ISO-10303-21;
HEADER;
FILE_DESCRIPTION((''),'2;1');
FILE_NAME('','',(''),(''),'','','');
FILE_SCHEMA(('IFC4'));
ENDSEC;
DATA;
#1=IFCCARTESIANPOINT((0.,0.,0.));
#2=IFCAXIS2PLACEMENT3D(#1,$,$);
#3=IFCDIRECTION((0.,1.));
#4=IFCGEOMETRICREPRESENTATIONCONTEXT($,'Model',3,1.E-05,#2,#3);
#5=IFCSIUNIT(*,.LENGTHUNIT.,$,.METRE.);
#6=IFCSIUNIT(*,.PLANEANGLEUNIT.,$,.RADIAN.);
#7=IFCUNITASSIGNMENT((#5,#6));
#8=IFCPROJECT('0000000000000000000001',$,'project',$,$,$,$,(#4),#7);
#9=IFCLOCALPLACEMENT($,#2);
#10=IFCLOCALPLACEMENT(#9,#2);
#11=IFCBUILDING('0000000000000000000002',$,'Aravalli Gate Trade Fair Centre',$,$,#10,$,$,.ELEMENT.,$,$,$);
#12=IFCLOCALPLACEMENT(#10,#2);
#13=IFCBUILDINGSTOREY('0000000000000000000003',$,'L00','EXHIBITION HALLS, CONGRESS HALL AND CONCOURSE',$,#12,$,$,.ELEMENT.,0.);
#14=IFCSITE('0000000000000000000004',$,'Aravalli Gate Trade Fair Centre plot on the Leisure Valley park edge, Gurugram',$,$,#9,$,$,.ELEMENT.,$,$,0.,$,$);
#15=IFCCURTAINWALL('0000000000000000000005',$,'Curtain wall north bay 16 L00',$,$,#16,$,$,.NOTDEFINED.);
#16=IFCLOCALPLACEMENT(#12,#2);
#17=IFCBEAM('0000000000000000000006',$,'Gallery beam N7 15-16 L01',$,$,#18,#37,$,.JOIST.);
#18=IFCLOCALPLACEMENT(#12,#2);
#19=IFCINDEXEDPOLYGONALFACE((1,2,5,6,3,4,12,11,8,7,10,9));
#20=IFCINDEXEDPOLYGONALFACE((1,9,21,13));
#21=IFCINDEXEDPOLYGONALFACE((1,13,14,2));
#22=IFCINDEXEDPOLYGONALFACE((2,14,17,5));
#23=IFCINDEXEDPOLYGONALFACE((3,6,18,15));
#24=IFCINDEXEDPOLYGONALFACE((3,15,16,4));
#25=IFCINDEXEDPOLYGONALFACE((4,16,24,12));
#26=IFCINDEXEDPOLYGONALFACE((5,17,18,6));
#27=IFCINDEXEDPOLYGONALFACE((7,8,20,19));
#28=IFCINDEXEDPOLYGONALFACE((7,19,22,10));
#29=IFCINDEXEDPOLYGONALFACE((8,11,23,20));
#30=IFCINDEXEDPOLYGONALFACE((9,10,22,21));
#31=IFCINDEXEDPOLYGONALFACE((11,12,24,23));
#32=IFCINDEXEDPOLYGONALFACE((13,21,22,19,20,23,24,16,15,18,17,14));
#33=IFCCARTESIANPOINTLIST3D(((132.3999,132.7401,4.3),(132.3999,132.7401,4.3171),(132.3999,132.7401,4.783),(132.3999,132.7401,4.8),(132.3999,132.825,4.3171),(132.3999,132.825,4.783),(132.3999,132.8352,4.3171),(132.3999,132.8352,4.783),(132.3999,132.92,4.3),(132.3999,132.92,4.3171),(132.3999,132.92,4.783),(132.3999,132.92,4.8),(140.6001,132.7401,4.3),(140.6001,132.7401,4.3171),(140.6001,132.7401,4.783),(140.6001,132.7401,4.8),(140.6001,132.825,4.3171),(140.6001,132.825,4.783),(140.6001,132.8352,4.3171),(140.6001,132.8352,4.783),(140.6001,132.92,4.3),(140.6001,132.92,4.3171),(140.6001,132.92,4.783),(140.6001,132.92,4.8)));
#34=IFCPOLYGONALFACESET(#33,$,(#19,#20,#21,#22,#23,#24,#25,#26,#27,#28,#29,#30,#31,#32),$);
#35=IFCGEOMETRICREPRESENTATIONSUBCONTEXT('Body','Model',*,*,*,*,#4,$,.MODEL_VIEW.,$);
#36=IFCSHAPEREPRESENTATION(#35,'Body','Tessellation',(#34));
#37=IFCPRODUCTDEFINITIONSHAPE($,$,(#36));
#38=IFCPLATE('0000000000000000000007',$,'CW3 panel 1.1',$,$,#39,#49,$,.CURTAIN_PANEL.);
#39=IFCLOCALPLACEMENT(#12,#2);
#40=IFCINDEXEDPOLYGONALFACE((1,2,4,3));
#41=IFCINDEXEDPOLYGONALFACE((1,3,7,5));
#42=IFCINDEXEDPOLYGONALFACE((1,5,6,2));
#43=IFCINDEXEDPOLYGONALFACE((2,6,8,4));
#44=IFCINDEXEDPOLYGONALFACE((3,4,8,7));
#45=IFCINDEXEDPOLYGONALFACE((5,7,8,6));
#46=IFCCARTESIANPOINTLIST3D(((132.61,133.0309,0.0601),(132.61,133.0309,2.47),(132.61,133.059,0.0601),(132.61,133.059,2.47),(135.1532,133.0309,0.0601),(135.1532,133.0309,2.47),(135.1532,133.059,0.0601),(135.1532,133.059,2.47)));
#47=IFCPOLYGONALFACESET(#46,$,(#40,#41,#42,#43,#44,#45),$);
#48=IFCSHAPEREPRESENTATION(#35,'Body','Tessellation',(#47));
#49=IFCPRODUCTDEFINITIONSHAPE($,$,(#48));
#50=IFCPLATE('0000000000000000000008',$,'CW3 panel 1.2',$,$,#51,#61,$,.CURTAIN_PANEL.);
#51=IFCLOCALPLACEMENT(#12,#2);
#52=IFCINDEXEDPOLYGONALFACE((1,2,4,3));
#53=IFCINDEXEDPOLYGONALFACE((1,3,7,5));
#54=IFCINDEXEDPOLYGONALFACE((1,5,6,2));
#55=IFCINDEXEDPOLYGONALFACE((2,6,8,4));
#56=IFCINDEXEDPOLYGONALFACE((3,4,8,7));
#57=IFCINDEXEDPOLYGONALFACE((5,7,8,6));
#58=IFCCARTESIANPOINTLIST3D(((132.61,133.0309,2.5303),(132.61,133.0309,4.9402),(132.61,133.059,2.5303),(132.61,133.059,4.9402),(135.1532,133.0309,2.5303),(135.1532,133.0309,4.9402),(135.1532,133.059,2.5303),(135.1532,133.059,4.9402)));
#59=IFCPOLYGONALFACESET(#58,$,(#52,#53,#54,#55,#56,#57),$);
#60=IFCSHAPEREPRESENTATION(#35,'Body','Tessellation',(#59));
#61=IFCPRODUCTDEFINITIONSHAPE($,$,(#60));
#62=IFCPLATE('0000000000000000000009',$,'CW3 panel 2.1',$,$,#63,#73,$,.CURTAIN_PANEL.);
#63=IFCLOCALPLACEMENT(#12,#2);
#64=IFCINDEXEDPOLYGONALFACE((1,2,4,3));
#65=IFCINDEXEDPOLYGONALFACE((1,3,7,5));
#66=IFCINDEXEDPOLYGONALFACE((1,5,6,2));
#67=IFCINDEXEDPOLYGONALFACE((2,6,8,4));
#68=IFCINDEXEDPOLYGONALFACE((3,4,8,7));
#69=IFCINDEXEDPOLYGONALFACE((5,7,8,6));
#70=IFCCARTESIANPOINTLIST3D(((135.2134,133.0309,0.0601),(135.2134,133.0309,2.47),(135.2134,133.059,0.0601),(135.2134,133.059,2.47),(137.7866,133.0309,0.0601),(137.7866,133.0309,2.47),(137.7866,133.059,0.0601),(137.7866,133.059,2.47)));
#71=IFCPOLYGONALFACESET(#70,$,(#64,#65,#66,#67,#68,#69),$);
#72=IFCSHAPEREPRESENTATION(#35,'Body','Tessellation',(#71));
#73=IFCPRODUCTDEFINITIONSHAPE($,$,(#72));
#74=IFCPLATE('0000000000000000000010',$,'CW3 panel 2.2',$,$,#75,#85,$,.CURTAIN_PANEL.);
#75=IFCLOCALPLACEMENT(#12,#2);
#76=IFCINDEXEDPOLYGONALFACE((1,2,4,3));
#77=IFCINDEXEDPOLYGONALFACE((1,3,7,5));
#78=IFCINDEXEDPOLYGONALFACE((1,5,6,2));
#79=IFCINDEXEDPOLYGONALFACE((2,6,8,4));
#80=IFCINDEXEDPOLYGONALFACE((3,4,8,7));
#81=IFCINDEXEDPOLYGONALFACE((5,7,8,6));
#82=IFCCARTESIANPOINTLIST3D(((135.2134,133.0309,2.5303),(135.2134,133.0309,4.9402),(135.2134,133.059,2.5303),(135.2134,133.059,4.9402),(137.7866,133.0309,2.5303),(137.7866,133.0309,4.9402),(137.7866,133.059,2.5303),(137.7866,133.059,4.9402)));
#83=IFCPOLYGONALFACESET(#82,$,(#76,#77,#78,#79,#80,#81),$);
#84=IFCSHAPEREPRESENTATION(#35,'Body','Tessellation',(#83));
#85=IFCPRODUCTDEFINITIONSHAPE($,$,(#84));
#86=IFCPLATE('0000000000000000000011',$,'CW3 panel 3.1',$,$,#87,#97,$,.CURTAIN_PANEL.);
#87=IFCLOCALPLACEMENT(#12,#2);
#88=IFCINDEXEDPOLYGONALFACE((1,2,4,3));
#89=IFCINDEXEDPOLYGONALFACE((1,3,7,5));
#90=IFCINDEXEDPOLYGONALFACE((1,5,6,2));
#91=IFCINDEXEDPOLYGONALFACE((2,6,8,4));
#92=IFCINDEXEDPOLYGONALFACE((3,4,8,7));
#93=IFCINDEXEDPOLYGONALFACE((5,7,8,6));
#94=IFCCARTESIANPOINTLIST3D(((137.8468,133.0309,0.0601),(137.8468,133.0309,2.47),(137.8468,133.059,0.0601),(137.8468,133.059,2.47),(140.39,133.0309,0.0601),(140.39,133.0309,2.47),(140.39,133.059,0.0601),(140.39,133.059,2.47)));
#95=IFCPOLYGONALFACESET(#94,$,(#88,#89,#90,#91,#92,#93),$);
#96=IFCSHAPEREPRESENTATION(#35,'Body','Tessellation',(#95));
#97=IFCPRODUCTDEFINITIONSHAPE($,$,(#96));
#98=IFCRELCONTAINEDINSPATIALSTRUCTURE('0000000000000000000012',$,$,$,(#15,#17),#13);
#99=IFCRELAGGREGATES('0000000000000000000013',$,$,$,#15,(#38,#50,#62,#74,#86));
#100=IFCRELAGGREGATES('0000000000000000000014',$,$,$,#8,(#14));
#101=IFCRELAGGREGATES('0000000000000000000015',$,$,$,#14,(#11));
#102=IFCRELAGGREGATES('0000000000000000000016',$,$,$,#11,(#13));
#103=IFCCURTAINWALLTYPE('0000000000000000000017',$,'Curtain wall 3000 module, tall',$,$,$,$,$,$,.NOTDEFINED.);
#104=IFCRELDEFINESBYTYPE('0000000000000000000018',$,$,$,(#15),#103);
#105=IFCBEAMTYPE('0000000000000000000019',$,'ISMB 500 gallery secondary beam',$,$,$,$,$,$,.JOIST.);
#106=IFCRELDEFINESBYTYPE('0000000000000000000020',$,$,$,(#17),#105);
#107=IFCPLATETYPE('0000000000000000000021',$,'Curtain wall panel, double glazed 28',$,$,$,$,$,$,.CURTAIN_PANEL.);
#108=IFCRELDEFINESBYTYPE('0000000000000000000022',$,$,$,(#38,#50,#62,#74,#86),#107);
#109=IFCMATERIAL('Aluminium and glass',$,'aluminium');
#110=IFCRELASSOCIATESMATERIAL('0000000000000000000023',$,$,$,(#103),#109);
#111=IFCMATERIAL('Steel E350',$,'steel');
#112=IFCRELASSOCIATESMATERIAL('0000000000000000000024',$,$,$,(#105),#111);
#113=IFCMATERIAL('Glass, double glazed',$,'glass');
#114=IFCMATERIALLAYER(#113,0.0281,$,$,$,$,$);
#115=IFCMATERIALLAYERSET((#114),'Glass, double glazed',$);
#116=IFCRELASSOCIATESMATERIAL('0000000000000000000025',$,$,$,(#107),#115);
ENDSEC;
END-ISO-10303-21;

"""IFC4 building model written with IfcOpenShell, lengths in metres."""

from ifc_helpers import new_model, si_unit, direction, frame, origin, origin_2d, place, context, subcontext, project, spatial, rectangle, i_section, extrude, material, layer, layer_set, material_profile, profile_set, type_object, element, aggregate, save


model = new_model("IFC4")

# Units and contexts
model_context = context("Model", 3, precision=1e-05, world=origin(), true_north=direction((0.0, 1.0)))
body_context = subcontext(model_context, "Body", "Model", "MODEL_VIEW")
ifc_project = project(units=[si_unit("LENGTHUNIT", "METRE"), si_unit("PLANEANGLEUNIT", "RADIAN")], contexts=[model_context])

# Site, building, storey
site_placement = place(None, origin())
site = spatial("IfcSite", under=ifc_project, at=site_placement, Name="Aravalli Gate Trade Fair Centre plot on the Leisure Valley park edge, Gurugram", CompositionType="ELEMENT", RefElevation=0.0)
building_placement = place(site_placement, origin())
building = spatial("IfcBuilding", under=site, at=building_placement, Name="Aravalli Gate Trade Fair Centre", CompositionType="ELEMENT")
storey_placement = place(building_placement, origin())
storey = spatial("IfcBuildingStorey", under=building, at=storey_placement, Name="L00", Description="EXHIBITION HALLS, CONGRESS HALL AND CONCOURSE", CompositionType="ELEMENT", Elevation=0.0)

# Curtain wall
ifc_material_1 = material(Name="Aluminium and glass", Category="aluminium")
curtain_wall_type = type_object("IfcCurtainWallType", Name="Curtain wall 3000 module, tall", PredefinedType="NOTDEFINED", material=ifc_material_1)
curtain_wall_placement = place(storey_placement, origin())
curtain_wall = element("IfcCurtainWall", 1, at=curtain_wall_placement, inside=storey, type_object=curtain_wall_type, Name="Curtain wall north bay 16 L00", PredefinedType="NOTDEFINED")

# Beam
ifc_material_2 = material(Name="Steel E350", Category="steel")
ifc_material_profile_1 = material_profile(ifc_material_2, i_section(OverallWidth=0.1799, OverallDepth=0.5, WebThickness=0.0103, FlangeThickness=0.0171, at=origin_2d()), Name="ISMB 500")
ifc_profile_set_1 = profile_set([ifc_material_profile_1], Name="Steel E350")
beam_type_1 = type_object("IfcBeamType", Name="ISMB 500 gallery secondary beam", PredefinedType="JOIST", material=ifc_profile_set_1)
beam_1_placement = place(storey_placement, frame((132.3999, 132.8301, 4.55), z_axis=(1.0, 0.0, 0.0), x_axis=(0.0, 1.0, 0.0)))
element("IfcBeam", 2, at=beam_1_placement, inside=storey, type_object=beam_type_1, Name="Gallery beam N7 15-16 L01", PredefinedType="JOIST", context=body_context, shape_type="SweptSolid", body=[
    extrude(i_section(OverallWidth=0.1799, OverallDepth=0.5, WebThickness=0.0103, FlangeThickness=0.0171, at=origin_2d()), origin(), (0.0, 0.0, 1.0), 8.2002),
])

# Plates
ifc_material_3 = material(Name="Glass, double glazed", Category="glass")
ifc_layer = layer(ifc_material_3, 0.0281)
ifc_layer_set = layer_set([ifc_layer], Name="Glass, double glazed")
plate_type = type_object("IfcPlateType", Name="Curtain wall panel, double glazed 28", PredefinedType="CURTAIN_PANEL", material=ifc_layer_set)
plate_1_placement = place(storey_placement, frame((133.8816, 133.0449, 0.0601), z_axis=(0.0, 0.0, 1.0), x_axis=(1.0, 0.0, 0.0)))
plate_1 = element("IfcPlate", 3, at=plate_1_placement, type_object=plate_type, Name="CW3 panel 1.1", PredefinedType="CURTAIN_PANEL", context=body_context, shape_type="SweptSolid", body=[
    extrude(rectangle(XDim=2.5432, YDim=0.0281, at=origin_2d()), origin(), (0.0, 0.0, 1.0), 2.4099),
])
plate_2_placement = place(storey_placement, frame((133.8816, 133.0449, 2.5303), z_axis=(0.0, 0.0, 1.0), x_axis=(1.0, 0.0, 0.0)))
plate_2 = element("IfcPlate", 4, at=plate_2_placement, type_object=plate_type, Name="CW3 panel 1.2", PredefinedType="CURTAIN_PANEL", context=body_context, shape_type="SweptSolid", body=[
    extrude(rectangle(XDim=2.5432, YDim=0.0281, at=origin_2d()), origin(), (0.0, 0.0, 1.0), 2.4099),
])
plate_3_placement = place(storey_placement, frame((136.5, 133.0449, 0.0601), z_axis=(0.0, 0.0, 1.0), x_axis=(1.0, 0.0, 0.0)))
plate_3 = element("IfcPlate", 5, at=plate_3_placement, type_object=plate_type, Name="CW3 panel 2.1", PredefinedType="CURTAIN_PANEL", context=body_context, shape_type="SweptSolid", body=[
    extrude(rectangle(XDim=2.5732, YDim=0.0281, at=origin_2d()), origin(), (0.0, 0.0, 1.0), 2.4099),
])
plate_4_placement = place(storey_placement, frame((136.5, 133.0449, 2.5303), z_axis=(0.0, 0.0, 1.0), x_axis=(1.0, 0.0, 0.0)))
plate_4 = element("IfcPlate", 6, at=plate_4_placement, type_object=plate_type, Name="CW3 panel 2.2", PredefinedType="CURTAIN_PANEL", context=body_context, shape_type="SweptSolid", body=[
    extrude(rectangle(XDim=2.5732, YDim=0.0281, at=origin_2d()), origin(), (0.0, 0.0, 1.0), 2.4099),
])
plate_5_placement = place(storey_placement, frame((139.1184, 133.0449, 0.0601), z_axis=(0.0, 0.0, 1.0), x_axis=(1.0, 0.0, 0.0)))
plate_5 = element("IfcPlate", 7, at=plate_5_placement, type_object=plate_type, Name="CW3 panel 3.1", PredefinedType="CURTAIN_PANEL", context=body_context, shape_type="SweptSolid", body=[
    extrude(rectangle(XDim=2.5432, YDim=0.0281, at=origin_2d()), origin(), (0.0, 0.0, 1.0), 2.4099),
])
aggregate(curtain_wall, [plate_1, plate_2, plate_3, plate_4, plate_5])

save(model, "model.ifc")
